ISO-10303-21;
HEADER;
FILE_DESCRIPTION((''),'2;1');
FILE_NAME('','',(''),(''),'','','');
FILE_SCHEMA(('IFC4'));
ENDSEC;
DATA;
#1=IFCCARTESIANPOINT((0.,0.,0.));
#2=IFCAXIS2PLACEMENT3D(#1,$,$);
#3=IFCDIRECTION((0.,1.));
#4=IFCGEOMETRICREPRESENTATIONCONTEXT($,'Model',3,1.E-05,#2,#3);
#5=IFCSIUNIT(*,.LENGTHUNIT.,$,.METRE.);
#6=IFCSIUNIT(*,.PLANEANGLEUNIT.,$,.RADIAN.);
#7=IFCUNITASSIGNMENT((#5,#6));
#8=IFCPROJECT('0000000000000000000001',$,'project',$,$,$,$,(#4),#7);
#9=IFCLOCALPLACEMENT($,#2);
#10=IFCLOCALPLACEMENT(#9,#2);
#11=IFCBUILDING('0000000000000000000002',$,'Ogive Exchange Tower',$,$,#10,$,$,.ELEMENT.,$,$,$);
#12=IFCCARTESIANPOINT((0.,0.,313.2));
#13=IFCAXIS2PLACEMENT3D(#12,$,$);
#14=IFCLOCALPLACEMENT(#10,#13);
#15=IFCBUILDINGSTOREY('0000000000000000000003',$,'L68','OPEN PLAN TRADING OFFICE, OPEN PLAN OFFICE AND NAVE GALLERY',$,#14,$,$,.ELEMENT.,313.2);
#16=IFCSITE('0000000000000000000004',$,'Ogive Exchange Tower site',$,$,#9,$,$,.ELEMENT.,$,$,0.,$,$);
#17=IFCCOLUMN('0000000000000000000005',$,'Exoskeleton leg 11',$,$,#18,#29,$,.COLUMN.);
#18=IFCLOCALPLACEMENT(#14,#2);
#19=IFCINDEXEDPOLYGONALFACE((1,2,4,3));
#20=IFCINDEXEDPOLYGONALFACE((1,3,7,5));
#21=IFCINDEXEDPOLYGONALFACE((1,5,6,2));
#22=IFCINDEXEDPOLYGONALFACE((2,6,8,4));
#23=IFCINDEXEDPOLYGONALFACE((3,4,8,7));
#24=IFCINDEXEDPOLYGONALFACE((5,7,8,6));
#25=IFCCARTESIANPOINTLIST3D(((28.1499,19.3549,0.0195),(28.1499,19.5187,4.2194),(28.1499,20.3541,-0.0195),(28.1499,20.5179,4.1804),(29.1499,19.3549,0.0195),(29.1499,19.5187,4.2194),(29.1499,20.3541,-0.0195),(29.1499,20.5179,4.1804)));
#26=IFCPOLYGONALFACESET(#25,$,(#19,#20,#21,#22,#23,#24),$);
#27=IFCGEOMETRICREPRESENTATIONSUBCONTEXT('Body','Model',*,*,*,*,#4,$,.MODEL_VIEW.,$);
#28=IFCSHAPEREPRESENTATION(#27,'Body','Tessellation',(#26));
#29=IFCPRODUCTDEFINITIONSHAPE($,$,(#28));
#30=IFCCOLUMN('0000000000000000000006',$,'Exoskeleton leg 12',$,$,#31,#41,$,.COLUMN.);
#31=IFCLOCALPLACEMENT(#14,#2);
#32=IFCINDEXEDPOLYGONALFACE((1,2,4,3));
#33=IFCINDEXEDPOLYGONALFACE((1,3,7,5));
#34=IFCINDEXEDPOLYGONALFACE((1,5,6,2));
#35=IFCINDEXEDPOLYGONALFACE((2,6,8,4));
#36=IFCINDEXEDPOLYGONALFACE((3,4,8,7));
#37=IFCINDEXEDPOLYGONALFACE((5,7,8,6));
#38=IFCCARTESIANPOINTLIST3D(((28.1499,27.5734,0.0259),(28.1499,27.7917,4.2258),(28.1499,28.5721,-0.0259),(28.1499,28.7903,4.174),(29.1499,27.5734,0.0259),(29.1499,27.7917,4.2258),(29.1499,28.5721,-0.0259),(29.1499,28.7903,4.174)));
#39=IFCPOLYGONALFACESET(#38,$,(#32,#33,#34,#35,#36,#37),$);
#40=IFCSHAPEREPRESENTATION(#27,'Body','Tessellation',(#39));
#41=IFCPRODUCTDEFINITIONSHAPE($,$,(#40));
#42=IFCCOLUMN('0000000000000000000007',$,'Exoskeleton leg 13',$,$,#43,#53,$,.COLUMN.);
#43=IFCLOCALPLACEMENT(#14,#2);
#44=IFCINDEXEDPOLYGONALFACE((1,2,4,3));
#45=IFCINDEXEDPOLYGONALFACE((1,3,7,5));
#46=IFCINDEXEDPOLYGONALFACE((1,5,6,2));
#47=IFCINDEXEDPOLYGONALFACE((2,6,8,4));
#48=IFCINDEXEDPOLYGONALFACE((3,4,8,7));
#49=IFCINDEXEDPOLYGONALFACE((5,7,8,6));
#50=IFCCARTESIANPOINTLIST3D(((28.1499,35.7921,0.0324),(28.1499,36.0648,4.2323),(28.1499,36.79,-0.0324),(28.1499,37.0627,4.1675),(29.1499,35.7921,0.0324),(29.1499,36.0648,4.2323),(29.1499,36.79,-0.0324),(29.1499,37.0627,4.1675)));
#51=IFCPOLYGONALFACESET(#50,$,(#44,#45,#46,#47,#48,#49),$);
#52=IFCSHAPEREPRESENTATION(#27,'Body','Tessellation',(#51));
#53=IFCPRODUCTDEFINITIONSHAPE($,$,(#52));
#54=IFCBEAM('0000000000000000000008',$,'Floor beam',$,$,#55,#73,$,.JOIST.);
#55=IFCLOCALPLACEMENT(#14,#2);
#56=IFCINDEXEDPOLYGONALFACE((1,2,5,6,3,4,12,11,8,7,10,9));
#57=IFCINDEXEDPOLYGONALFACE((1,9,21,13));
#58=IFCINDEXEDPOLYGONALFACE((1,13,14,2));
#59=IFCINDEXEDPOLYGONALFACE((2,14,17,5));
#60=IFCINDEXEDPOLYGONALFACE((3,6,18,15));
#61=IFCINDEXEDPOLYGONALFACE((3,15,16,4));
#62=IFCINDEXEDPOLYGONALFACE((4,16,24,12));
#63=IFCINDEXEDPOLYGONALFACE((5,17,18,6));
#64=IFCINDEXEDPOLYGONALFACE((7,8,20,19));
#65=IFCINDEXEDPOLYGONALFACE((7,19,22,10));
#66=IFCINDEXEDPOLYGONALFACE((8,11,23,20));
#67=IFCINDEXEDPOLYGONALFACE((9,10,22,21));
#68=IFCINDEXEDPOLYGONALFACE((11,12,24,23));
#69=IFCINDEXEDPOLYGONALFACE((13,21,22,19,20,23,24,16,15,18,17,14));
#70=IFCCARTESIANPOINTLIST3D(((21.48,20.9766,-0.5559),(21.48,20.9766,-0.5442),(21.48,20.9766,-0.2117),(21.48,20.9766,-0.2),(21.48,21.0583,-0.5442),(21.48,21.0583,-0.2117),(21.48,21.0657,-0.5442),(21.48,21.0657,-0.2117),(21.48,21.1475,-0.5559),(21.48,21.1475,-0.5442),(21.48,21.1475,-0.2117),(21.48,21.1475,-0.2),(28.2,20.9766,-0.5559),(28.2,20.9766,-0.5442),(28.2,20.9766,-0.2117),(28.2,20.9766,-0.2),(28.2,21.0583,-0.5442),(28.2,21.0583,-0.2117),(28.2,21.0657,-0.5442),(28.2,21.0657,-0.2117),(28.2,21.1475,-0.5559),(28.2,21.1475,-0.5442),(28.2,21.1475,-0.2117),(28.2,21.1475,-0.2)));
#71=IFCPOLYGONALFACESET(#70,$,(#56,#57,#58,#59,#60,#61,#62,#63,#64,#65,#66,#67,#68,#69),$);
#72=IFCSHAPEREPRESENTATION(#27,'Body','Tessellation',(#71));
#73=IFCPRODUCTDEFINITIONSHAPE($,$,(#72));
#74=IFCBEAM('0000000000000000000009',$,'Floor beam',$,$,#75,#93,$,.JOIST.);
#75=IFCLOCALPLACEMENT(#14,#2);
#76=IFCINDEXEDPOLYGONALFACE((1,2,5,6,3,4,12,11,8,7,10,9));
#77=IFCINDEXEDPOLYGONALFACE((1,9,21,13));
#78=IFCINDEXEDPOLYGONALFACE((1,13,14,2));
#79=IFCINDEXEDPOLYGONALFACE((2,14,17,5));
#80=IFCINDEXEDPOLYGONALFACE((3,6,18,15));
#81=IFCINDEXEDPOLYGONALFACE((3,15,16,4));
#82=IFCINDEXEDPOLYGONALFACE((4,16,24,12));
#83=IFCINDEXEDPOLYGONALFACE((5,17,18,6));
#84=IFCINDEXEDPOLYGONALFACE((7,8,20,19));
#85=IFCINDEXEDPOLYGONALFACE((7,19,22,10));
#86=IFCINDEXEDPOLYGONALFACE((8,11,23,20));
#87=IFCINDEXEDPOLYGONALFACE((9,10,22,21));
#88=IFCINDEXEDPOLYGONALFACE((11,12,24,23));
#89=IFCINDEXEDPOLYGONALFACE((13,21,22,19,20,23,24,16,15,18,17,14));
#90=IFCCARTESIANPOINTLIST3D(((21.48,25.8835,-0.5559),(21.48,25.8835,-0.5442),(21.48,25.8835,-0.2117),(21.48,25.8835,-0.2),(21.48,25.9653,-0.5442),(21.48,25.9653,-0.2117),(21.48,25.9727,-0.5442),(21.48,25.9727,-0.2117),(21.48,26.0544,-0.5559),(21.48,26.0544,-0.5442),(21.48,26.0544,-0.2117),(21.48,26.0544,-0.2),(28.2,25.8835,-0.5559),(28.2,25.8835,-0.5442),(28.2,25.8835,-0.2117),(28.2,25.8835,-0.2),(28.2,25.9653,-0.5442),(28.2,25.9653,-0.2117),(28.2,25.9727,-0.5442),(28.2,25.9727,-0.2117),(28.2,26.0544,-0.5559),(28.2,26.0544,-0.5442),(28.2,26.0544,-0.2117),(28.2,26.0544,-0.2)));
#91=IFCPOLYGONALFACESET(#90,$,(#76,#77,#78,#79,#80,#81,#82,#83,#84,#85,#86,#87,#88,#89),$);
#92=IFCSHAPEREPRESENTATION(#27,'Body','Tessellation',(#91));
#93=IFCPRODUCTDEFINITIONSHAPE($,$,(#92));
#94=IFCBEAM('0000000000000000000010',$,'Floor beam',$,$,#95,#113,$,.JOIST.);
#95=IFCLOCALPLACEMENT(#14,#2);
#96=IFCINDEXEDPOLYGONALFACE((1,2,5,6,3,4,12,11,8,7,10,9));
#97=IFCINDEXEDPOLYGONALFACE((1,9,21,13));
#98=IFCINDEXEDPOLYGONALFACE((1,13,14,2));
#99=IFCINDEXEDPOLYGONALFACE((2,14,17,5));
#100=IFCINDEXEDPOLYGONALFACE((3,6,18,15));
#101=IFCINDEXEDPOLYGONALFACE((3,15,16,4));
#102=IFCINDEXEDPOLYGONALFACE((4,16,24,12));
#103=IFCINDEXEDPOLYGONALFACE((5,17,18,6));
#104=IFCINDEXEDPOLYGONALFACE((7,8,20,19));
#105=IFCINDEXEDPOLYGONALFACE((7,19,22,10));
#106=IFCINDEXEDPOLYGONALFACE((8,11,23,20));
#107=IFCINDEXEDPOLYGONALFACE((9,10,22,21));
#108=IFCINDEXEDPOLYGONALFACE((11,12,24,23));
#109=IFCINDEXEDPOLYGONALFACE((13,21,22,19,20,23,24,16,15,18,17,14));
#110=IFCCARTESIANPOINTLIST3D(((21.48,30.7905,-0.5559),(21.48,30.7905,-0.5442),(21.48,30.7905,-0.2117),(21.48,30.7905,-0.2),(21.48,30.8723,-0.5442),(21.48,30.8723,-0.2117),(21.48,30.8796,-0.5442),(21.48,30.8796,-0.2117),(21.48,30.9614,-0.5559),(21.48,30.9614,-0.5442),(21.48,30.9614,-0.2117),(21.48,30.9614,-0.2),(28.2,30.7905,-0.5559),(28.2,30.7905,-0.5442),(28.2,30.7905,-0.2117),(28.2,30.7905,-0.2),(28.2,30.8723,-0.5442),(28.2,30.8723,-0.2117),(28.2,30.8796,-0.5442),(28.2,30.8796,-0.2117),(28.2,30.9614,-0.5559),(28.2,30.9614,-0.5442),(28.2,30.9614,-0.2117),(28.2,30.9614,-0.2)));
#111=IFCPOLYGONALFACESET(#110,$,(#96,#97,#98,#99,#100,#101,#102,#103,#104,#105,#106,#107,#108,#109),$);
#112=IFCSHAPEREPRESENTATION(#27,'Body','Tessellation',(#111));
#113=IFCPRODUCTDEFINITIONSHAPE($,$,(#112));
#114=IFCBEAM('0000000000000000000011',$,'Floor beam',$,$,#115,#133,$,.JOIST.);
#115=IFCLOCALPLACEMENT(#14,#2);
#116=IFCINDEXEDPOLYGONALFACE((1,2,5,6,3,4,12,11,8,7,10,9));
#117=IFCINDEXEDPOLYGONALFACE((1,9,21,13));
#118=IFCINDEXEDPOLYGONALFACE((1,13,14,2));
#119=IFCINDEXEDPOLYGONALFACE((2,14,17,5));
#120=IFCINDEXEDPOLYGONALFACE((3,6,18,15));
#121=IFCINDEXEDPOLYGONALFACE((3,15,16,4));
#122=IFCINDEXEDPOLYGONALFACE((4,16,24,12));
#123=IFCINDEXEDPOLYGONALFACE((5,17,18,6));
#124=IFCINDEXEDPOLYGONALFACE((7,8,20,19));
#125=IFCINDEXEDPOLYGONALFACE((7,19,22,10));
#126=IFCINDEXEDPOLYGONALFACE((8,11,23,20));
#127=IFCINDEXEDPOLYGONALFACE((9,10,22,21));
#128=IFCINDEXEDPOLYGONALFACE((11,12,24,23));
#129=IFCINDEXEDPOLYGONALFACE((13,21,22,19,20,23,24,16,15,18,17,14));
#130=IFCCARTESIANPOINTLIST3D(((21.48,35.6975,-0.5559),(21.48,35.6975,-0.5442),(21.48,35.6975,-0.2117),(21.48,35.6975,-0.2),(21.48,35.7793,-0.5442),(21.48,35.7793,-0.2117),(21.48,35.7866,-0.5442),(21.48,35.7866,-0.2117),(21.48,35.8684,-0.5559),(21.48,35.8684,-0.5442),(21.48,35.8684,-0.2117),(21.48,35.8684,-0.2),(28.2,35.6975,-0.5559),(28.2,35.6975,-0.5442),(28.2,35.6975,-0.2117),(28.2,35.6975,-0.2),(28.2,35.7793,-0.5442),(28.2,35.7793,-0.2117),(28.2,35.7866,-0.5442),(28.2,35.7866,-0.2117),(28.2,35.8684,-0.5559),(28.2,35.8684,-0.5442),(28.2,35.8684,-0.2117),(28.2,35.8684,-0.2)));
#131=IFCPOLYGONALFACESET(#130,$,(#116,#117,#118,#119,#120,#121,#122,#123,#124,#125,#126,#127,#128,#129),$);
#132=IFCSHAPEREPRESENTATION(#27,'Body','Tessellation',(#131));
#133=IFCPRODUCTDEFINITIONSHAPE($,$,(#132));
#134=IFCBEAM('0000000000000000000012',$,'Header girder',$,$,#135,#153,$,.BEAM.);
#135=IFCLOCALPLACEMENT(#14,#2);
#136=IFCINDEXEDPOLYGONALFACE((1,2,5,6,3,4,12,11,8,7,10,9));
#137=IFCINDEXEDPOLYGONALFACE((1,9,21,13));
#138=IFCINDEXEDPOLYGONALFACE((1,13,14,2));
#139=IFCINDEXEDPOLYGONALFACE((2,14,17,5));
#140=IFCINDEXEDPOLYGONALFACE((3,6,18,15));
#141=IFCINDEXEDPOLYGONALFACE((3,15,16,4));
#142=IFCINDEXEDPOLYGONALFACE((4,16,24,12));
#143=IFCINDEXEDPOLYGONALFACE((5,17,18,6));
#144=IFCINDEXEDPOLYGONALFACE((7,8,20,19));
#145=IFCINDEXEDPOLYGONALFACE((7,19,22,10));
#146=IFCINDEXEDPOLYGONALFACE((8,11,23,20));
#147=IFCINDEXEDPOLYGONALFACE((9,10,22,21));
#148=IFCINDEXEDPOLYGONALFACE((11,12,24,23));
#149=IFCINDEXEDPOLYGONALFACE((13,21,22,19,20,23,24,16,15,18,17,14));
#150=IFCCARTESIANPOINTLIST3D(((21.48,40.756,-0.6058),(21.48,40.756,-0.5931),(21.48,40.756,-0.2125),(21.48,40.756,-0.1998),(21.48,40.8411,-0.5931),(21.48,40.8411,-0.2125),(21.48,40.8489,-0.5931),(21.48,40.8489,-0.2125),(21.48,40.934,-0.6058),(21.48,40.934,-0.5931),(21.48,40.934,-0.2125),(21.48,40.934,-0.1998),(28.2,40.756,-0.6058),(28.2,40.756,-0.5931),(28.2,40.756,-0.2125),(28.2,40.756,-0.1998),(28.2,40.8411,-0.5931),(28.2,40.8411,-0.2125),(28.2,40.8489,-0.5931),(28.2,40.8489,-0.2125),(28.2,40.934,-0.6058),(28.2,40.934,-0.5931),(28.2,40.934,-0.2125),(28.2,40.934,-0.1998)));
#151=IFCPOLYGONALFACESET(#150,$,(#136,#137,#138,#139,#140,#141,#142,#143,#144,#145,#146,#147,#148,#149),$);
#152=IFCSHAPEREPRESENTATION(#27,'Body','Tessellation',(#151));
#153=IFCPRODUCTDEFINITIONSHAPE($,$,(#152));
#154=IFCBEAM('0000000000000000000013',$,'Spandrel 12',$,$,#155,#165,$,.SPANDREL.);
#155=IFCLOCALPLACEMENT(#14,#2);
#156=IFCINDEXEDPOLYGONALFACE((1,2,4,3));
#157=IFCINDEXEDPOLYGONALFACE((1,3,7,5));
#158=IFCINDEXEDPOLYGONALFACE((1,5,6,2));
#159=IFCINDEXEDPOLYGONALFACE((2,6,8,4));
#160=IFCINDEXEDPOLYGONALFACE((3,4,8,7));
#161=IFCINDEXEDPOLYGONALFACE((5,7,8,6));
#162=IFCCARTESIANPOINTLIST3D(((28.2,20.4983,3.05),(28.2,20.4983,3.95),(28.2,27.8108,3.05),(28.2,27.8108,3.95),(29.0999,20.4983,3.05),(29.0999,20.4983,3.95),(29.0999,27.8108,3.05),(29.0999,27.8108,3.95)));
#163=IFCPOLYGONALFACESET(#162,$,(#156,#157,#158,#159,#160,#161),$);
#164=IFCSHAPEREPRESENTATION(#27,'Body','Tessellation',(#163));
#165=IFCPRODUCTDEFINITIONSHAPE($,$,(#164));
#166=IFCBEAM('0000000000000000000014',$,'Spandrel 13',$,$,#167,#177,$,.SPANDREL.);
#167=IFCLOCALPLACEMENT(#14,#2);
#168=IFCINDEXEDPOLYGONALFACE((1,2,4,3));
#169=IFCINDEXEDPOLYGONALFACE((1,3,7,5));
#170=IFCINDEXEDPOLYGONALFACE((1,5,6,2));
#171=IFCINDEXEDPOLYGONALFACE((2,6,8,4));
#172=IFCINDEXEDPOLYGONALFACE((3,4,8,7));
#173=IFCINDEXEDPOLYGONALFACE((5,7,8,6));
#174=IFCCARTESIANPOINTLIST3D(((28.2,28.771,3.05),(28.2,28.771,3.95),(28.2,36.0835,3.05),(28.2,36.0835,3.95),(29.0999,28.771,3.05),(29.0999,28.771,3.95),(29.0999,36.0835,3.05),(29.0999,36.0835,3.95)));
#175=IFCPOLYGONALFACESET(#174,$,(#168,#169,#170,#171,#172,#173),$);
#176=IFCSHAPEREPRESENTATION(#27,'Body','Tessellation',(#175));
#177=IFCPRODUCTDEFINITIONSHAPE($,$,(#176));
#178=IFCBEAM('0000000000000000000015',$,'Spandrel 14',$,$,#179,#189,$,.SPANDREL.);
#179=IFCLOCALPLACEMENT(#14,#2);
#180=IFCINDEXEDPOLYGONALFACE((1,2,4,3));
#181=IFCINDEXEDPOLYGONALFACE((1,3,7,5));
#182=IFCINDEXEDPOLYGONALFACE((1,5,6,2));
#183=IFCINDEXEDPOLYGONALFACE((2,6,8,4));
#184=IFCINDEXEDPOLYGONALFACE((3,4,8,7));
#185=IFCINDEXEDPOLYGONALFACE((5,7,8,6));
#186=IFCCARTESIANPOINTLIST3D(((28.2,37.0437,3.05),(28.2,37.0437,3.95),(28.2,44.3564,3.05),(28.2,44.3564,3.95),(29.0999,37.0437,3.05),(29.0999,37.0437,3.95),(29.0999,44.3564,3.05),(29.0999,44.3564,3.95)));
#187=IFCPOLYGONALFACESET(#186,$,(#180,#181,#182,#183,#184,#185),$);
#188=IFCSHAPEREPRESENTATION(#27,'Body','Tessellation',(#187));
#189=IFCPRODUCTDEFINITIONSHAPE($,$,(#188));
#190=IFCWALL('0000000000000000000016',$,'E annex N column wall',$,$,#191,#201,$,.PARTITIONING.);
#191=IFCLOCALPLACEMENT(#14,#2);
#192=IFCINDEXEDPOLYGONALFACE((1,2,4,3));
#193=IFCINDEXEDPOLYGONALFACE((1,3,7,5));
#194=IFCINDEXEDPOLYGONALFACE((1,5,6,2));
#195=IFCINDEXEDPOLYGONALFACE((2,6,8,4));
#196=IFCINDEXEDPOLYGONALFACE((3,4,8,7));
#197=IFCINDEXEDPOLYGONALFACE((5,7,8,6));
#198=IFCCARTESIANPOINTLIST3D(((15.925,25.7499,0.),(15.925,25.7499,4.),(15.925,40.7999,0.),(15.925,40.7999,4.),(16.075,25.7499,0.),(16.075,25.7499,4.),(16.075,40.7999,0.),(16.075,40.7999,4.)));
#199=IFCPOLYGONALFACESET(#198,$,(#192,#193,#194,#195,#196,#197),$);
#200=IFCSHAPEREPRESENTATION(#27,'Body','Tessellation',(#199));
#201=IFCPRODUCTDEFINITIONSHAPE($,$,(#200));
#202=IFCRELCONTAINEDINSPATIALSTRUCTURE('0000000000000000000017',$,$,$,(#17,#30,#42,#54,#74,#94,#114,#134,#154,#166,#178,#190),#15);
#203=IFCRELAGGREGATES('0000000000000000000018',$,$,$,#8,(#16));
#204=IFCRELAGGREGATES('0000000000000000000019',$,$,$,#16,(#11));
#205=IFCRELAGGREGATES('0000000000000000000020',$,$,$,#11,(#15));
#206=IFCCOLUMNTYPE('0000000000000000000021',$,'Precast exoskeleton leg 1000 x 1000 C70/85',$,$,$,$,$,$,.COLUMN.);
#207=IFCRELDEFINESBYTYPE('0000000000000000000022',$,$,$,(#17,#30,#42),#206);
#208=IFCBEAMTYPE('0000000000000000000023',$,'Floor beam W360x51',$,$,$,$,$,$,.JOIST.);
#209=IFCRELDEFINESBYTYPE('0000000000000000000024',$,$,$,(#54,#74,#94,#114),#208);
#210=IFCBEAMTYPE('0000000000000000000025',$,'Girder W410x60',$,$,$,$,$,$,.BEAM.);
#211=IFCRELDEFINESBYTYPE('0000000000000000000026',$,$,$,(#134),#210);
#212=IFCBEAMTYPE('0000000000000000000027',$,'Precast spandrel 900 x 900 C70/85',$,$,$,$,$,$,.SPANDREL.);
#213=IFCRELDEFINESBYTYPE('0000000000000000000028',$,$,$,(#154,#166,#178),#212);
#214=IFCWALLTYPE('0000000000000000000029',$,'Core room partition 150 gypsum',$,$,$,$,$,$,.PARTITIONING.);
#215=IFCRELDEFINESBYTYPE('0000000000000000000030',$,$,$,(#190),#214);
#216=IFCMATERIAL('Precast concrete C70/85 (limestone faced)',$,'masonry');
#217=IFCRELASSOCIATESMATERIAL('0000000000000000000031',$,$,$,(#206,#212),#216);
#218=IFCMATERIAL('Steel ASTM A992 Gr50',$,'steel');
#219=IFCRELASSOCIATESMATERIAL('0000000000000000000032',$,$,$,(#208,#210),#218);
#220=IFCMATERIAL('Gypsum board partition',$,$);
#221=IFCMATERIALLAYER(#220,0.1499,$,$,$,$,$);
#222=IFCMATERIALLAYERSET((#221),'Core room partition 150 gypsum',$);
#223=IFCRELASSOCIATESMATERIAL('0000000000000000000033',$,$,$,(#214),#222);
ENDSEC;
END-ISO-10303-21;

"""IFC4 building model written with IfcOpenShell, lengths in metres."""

from ifc_helpers import new_model, si_unit, direction, frame, frame_2d, origin, origin_2d, place, context, subcontext, project, spatial, rectangle, i_section, extrude, material, layer, layer_set, material_profile, profile_set, type_object, element, save


model = new_model("IFC4")

# Units and contexts
model_context = context("Model", 3, precision=1e-05, world=origin(), true_north=direction((0.0, 1.0)))
body_context = subcontext(model_context, "Body", "Model", "MODEL_VIEW")
ifc_project = project(units=[si_unit("LENGTHUNIT", "METRE"), si_unit("PLANEANGLEUNIT", "RADIAN")], contexts=[model_context])

# Site, building, storey
site_placement = place(None, origin())
site = spatial("IfcSite", under=ifc_project, at=site_placement, Name="Ogive Exchange Tower site", CompositionType="ELEMENT", RefElevation=0.0)
building_placement = place(site_placement, origin())
building = spatial("IfcBuilding", under=site, at=building_placement, Name="Ogive Exchange Tower", CompositionType="ELEMENT")
storey_placement = place(building_placement, frame((0.0, 0.0, 313.2)))
storey = spatial("IfcBuildingStorey", under=building, at=storey_placement, Name="L68", Description="OPEN PLAN TRADING OFFICE, OPEN PLAN OFFICE AND NAVE GALLERY", CompositionType="ELEMENT", Elevation=313.2)

# Columns
ifc_material_1 = material(Name="Precast concrete C70/85 (limestone faced)", Category="masonry")
ifc_material_profile_1 = material_profile(ifc_material_1, rectangle(XDim=1.0, YDim=1.0, at=origin_2d()), Name="1000 x 1000")
ifc_profile_set_1 = profile_set([ifc_material_profile_1], Name="Precast concrete C70/85 (limestone faced)")
column_type = type_object("IfcColumnType", Name="Precast exoskeleton leg 1000 x 1000 C70/85", PredefinedType="COLUMN", material=ifc_profile_set_1)
column_1_placement = place(storey_placement, frame((28.6499, 19.8545, 0.0), z_axis=(0.0, 0.038975, 0.99924), x_axis=(-1.0, 0.0, 0.0)))
element("IfcColumn", 1, at=column_1_placement, inside=storey, type_object=column_type, Name="Exoskeleton leg 11", PredefinedType="COLUMN", context=body_context, shape_type="SweptSolid", body=[
    extrude(rectangle(XDim=1.0, YDim=1.0, at=origin_2d()), origin(), (0.0, 0.0, 1.0), 4.2031),
])
column_2_placement = place(storey_placement, frame((28.6499, 28.0728, 0.0), z_axis=(0.0, 0.051898, 0.998652), x_axis=(-1.0, 0.0, 0.0)))
element("IfcColumn", 2, at=column_2_placement, inside=storey, type_object=column_type, Name="Exoskeleton leg 12", PredefinedType="COLUMN", context=body_context, shape_type="SweptSolid", body=[
    extrude(rectangle(XDim=1.0, YDim=1.0, at=origin_2d()), origin(), (0.0, 0.0, 1.0), 4.2056),
])
column_3_placement = place(storey_placement, frame((28.6499, 36.291, 0.0), z_axis=(0.0, 0.064794, 0.997899), x_axis=(-1.0, 0.0, 0.0)))
element("IfcColumn", 3, at=column_3_placement, inside=storey, type_object=column_type, Name="Exoskeleton leg 13", PredefinedType="COLUMN", context=body_context, shape_type="SweptSolid", body=[
    extrude(rectangle(XDim=1.0, YDim=1.0, at=origin_2d()), origin(), (0.0, 0.0, 1.0), 4.2087),
])

# Beams
ifc_material_2 = material(Name="Steel ASTM A992 Gr50", Category="steel")
ifc_material_profile_2 = material_profile(ifc_material_2, i_section(OverallWidth=0.1709, OverallDepth=0.356, WebThickness=0.0073, FlangeThickness=0.0117, at=origin_2d()), Name="W360x51")
ifc_profile_set_2 = profile_set([ifc_material_profile_2], Name="Steel ASTM A992 Gr50")
beam_type_1 = type_object("IfcBeamType", Name="Floor beam W360x51", PredefinedType="JOIST", material=ifc_profile_set_2)
for number, where, z_axis, x_axis, name in (
    (4, (21.48, 21.062, -0.3779), (1.0, 0.0, 0.0), (0.0, 1.0, 0.0), "Floor beam"),
    (5, (21.48, 25.969, -0.3779), (1.0, 0.0, 0.0), (0.0, 1.0, 0.0), "Floor beam"),
    (6, (21.48, 30.876, -0.3779), (1.0, 0.0, 0.0), (0.0, 1.0, 0.0), "Floor beam"),
    (7, (21.48, 35.783, -0.3779), (1.0, 0.0, 0.0), (0.0, 1.0, 0.0), "Floor beam"),
):
    element("IfcBeam", number, at=place(storey_placement, frame(where, z_axis=z_axis, x_axis=x_axis)), inside=storey, type_object=beam_type_1, Name=name, PredefinedType="JOIST", context=body_context, shape_type="SweptSolid", body=[
        extrude(i_section(OverallWidth=0.1709, OverallDepth=0.356, WebThickness=0.0073, FlangeThickness=0.0117, at=origin_2d()), origin(), (0.0, 0.0, 1.0), 6.72),
    ])
ifc_material_profile_3 = material_profile(ifc_material_2, i_section(OverallWidth=0.178, OverallDepth=0.406, WebThickness=0.0078, FlangeThickness=0.0127, at=origin_2d()), Name="W410x60")
ifc_profile_set_3 = profile_set([ifc_material_profile_3], Name="Steel ASTM A992 Gr50")
beam_type_2 = type_object("IfcBeamType", Name="Girder W410x60", PredefinedType="BEAM", material=ifc_profile_set_3)
beam_1_placement = place(storey_placement, frame((21.48, 40.845, -0.4028), z_axis=(1.0, 0.0, 0.0), x_axis=(0.0, 1.0, 0.0)))
element("IfcBeam", 8, at=beam_1_placement, inside=storey, type_object=beam_type_2, Name="Header girder", PredefinedType="BEAM", context=body_context, shape_type="SweptSolid", body=[
    extrude(i_section(OverallWidth=0.178, OverallDepth=0.406, WebThickness=0.0078, FlangeThickness=0.0127, at=origin_2d()), origin(), (0.0, 0.0, 1.0), 6.72),
])
ifc_material_profile_4 = material_profile(ifc_material_1, rectangle(XDim=0.8999, YDim=0.8999, at=origin_2d()), Name="900 x 900")
ifc_profile_set_4 = profile_set([ifc_material_profile_4], Name="Precast concrete C70/85 (limestone faced)")
beam_type_3 = type_object("IfcBeamType", Name="Precast spandrel 900 x 900 C70/85", PredefinedType="SPANDREL", material=ifc_profile_set_4)
for number, where, z_axis, x_axis, name in (
    (9, (28.6499, 20.4983, 3.5), (0.0, 1.0, 0.0), (-1.0, 0.0, 0.0), "Spandrel 12"),
    (10, (28.6499, 28.771, 3.5), (0.0, 1.0, 0.0), (-1.0, 0.0, 0.0), "Spandrel 13"),
):
    element("IfcBeam", number, at=place(storey_placement, frame(where, z_axis=z_axis, x_axis=x_axis)), inside=storey, type_object=beam_type_3, Name=name, PredefinedType="SPANDREL", context=body_context, shape_type="SweptSolid", body=[
        extrude(rectangle(XDim=0.8999, YDim=0.8999, at=origin_2d()), origin(), (0.0, 0.0, 1.0), 7.3125),
    ])
beam_2_placement = place(storey_placement, frame((28.6499, 37.0437, 3.5), z_axis=(0.0, 1.0, 0.0), x_axis=(-1.0, 0.0, 0.0)))
element("IfcBeam", 11, at=beam_2_placement, inside=storey, type_object=beam_type_3, Name="Spandrel 14", PredefinedType="SPANDREL", context=body_context, shape_type="SweptSolid", body=[
    extrude(rectangle(XDim=0.8999, YDim=0.8999, at=origin_2d()), origin(), (0.0, 0.0, 1.0), 7.3127),
])

# Wall
ifc_material_3 = material(Name="Gypsum board partition")
ifc_layer_1 = layer(ifc_material_3, 0.1499)
ifc_layer_set_1 = layer_set([ifc_layer_1], Name="Core room partition 150 gypsum")
wall_type_1 = type_object("IfcWallType", Name="Core room partition 150 gypsum", PredefinedType="PARTITIONING", material=ifc_layer_set_1)
wall_1_placement = place(storey_placement, frame((16.0, 25.75, 0.0), z_axis=(0.0, 0.0, 1.0), x_axis=(0.0, 1.0, 0.0)))
element("IfcWall", 12, at=wall_1_placement, inside=storey, type_object=wall_type_1, Name="E annex N column wall", PredefinedType="PARTITIONING", context=body_context, shape_type="SweptSolid", body=[
    extrude(rectangle(XDim=15.05, YDim=0.1499, at=frame_2d((7.5249, 0.0))), origin(), (0.0, 0.0, 1.0), 4.0),
])

save(model, "model.ifc")
